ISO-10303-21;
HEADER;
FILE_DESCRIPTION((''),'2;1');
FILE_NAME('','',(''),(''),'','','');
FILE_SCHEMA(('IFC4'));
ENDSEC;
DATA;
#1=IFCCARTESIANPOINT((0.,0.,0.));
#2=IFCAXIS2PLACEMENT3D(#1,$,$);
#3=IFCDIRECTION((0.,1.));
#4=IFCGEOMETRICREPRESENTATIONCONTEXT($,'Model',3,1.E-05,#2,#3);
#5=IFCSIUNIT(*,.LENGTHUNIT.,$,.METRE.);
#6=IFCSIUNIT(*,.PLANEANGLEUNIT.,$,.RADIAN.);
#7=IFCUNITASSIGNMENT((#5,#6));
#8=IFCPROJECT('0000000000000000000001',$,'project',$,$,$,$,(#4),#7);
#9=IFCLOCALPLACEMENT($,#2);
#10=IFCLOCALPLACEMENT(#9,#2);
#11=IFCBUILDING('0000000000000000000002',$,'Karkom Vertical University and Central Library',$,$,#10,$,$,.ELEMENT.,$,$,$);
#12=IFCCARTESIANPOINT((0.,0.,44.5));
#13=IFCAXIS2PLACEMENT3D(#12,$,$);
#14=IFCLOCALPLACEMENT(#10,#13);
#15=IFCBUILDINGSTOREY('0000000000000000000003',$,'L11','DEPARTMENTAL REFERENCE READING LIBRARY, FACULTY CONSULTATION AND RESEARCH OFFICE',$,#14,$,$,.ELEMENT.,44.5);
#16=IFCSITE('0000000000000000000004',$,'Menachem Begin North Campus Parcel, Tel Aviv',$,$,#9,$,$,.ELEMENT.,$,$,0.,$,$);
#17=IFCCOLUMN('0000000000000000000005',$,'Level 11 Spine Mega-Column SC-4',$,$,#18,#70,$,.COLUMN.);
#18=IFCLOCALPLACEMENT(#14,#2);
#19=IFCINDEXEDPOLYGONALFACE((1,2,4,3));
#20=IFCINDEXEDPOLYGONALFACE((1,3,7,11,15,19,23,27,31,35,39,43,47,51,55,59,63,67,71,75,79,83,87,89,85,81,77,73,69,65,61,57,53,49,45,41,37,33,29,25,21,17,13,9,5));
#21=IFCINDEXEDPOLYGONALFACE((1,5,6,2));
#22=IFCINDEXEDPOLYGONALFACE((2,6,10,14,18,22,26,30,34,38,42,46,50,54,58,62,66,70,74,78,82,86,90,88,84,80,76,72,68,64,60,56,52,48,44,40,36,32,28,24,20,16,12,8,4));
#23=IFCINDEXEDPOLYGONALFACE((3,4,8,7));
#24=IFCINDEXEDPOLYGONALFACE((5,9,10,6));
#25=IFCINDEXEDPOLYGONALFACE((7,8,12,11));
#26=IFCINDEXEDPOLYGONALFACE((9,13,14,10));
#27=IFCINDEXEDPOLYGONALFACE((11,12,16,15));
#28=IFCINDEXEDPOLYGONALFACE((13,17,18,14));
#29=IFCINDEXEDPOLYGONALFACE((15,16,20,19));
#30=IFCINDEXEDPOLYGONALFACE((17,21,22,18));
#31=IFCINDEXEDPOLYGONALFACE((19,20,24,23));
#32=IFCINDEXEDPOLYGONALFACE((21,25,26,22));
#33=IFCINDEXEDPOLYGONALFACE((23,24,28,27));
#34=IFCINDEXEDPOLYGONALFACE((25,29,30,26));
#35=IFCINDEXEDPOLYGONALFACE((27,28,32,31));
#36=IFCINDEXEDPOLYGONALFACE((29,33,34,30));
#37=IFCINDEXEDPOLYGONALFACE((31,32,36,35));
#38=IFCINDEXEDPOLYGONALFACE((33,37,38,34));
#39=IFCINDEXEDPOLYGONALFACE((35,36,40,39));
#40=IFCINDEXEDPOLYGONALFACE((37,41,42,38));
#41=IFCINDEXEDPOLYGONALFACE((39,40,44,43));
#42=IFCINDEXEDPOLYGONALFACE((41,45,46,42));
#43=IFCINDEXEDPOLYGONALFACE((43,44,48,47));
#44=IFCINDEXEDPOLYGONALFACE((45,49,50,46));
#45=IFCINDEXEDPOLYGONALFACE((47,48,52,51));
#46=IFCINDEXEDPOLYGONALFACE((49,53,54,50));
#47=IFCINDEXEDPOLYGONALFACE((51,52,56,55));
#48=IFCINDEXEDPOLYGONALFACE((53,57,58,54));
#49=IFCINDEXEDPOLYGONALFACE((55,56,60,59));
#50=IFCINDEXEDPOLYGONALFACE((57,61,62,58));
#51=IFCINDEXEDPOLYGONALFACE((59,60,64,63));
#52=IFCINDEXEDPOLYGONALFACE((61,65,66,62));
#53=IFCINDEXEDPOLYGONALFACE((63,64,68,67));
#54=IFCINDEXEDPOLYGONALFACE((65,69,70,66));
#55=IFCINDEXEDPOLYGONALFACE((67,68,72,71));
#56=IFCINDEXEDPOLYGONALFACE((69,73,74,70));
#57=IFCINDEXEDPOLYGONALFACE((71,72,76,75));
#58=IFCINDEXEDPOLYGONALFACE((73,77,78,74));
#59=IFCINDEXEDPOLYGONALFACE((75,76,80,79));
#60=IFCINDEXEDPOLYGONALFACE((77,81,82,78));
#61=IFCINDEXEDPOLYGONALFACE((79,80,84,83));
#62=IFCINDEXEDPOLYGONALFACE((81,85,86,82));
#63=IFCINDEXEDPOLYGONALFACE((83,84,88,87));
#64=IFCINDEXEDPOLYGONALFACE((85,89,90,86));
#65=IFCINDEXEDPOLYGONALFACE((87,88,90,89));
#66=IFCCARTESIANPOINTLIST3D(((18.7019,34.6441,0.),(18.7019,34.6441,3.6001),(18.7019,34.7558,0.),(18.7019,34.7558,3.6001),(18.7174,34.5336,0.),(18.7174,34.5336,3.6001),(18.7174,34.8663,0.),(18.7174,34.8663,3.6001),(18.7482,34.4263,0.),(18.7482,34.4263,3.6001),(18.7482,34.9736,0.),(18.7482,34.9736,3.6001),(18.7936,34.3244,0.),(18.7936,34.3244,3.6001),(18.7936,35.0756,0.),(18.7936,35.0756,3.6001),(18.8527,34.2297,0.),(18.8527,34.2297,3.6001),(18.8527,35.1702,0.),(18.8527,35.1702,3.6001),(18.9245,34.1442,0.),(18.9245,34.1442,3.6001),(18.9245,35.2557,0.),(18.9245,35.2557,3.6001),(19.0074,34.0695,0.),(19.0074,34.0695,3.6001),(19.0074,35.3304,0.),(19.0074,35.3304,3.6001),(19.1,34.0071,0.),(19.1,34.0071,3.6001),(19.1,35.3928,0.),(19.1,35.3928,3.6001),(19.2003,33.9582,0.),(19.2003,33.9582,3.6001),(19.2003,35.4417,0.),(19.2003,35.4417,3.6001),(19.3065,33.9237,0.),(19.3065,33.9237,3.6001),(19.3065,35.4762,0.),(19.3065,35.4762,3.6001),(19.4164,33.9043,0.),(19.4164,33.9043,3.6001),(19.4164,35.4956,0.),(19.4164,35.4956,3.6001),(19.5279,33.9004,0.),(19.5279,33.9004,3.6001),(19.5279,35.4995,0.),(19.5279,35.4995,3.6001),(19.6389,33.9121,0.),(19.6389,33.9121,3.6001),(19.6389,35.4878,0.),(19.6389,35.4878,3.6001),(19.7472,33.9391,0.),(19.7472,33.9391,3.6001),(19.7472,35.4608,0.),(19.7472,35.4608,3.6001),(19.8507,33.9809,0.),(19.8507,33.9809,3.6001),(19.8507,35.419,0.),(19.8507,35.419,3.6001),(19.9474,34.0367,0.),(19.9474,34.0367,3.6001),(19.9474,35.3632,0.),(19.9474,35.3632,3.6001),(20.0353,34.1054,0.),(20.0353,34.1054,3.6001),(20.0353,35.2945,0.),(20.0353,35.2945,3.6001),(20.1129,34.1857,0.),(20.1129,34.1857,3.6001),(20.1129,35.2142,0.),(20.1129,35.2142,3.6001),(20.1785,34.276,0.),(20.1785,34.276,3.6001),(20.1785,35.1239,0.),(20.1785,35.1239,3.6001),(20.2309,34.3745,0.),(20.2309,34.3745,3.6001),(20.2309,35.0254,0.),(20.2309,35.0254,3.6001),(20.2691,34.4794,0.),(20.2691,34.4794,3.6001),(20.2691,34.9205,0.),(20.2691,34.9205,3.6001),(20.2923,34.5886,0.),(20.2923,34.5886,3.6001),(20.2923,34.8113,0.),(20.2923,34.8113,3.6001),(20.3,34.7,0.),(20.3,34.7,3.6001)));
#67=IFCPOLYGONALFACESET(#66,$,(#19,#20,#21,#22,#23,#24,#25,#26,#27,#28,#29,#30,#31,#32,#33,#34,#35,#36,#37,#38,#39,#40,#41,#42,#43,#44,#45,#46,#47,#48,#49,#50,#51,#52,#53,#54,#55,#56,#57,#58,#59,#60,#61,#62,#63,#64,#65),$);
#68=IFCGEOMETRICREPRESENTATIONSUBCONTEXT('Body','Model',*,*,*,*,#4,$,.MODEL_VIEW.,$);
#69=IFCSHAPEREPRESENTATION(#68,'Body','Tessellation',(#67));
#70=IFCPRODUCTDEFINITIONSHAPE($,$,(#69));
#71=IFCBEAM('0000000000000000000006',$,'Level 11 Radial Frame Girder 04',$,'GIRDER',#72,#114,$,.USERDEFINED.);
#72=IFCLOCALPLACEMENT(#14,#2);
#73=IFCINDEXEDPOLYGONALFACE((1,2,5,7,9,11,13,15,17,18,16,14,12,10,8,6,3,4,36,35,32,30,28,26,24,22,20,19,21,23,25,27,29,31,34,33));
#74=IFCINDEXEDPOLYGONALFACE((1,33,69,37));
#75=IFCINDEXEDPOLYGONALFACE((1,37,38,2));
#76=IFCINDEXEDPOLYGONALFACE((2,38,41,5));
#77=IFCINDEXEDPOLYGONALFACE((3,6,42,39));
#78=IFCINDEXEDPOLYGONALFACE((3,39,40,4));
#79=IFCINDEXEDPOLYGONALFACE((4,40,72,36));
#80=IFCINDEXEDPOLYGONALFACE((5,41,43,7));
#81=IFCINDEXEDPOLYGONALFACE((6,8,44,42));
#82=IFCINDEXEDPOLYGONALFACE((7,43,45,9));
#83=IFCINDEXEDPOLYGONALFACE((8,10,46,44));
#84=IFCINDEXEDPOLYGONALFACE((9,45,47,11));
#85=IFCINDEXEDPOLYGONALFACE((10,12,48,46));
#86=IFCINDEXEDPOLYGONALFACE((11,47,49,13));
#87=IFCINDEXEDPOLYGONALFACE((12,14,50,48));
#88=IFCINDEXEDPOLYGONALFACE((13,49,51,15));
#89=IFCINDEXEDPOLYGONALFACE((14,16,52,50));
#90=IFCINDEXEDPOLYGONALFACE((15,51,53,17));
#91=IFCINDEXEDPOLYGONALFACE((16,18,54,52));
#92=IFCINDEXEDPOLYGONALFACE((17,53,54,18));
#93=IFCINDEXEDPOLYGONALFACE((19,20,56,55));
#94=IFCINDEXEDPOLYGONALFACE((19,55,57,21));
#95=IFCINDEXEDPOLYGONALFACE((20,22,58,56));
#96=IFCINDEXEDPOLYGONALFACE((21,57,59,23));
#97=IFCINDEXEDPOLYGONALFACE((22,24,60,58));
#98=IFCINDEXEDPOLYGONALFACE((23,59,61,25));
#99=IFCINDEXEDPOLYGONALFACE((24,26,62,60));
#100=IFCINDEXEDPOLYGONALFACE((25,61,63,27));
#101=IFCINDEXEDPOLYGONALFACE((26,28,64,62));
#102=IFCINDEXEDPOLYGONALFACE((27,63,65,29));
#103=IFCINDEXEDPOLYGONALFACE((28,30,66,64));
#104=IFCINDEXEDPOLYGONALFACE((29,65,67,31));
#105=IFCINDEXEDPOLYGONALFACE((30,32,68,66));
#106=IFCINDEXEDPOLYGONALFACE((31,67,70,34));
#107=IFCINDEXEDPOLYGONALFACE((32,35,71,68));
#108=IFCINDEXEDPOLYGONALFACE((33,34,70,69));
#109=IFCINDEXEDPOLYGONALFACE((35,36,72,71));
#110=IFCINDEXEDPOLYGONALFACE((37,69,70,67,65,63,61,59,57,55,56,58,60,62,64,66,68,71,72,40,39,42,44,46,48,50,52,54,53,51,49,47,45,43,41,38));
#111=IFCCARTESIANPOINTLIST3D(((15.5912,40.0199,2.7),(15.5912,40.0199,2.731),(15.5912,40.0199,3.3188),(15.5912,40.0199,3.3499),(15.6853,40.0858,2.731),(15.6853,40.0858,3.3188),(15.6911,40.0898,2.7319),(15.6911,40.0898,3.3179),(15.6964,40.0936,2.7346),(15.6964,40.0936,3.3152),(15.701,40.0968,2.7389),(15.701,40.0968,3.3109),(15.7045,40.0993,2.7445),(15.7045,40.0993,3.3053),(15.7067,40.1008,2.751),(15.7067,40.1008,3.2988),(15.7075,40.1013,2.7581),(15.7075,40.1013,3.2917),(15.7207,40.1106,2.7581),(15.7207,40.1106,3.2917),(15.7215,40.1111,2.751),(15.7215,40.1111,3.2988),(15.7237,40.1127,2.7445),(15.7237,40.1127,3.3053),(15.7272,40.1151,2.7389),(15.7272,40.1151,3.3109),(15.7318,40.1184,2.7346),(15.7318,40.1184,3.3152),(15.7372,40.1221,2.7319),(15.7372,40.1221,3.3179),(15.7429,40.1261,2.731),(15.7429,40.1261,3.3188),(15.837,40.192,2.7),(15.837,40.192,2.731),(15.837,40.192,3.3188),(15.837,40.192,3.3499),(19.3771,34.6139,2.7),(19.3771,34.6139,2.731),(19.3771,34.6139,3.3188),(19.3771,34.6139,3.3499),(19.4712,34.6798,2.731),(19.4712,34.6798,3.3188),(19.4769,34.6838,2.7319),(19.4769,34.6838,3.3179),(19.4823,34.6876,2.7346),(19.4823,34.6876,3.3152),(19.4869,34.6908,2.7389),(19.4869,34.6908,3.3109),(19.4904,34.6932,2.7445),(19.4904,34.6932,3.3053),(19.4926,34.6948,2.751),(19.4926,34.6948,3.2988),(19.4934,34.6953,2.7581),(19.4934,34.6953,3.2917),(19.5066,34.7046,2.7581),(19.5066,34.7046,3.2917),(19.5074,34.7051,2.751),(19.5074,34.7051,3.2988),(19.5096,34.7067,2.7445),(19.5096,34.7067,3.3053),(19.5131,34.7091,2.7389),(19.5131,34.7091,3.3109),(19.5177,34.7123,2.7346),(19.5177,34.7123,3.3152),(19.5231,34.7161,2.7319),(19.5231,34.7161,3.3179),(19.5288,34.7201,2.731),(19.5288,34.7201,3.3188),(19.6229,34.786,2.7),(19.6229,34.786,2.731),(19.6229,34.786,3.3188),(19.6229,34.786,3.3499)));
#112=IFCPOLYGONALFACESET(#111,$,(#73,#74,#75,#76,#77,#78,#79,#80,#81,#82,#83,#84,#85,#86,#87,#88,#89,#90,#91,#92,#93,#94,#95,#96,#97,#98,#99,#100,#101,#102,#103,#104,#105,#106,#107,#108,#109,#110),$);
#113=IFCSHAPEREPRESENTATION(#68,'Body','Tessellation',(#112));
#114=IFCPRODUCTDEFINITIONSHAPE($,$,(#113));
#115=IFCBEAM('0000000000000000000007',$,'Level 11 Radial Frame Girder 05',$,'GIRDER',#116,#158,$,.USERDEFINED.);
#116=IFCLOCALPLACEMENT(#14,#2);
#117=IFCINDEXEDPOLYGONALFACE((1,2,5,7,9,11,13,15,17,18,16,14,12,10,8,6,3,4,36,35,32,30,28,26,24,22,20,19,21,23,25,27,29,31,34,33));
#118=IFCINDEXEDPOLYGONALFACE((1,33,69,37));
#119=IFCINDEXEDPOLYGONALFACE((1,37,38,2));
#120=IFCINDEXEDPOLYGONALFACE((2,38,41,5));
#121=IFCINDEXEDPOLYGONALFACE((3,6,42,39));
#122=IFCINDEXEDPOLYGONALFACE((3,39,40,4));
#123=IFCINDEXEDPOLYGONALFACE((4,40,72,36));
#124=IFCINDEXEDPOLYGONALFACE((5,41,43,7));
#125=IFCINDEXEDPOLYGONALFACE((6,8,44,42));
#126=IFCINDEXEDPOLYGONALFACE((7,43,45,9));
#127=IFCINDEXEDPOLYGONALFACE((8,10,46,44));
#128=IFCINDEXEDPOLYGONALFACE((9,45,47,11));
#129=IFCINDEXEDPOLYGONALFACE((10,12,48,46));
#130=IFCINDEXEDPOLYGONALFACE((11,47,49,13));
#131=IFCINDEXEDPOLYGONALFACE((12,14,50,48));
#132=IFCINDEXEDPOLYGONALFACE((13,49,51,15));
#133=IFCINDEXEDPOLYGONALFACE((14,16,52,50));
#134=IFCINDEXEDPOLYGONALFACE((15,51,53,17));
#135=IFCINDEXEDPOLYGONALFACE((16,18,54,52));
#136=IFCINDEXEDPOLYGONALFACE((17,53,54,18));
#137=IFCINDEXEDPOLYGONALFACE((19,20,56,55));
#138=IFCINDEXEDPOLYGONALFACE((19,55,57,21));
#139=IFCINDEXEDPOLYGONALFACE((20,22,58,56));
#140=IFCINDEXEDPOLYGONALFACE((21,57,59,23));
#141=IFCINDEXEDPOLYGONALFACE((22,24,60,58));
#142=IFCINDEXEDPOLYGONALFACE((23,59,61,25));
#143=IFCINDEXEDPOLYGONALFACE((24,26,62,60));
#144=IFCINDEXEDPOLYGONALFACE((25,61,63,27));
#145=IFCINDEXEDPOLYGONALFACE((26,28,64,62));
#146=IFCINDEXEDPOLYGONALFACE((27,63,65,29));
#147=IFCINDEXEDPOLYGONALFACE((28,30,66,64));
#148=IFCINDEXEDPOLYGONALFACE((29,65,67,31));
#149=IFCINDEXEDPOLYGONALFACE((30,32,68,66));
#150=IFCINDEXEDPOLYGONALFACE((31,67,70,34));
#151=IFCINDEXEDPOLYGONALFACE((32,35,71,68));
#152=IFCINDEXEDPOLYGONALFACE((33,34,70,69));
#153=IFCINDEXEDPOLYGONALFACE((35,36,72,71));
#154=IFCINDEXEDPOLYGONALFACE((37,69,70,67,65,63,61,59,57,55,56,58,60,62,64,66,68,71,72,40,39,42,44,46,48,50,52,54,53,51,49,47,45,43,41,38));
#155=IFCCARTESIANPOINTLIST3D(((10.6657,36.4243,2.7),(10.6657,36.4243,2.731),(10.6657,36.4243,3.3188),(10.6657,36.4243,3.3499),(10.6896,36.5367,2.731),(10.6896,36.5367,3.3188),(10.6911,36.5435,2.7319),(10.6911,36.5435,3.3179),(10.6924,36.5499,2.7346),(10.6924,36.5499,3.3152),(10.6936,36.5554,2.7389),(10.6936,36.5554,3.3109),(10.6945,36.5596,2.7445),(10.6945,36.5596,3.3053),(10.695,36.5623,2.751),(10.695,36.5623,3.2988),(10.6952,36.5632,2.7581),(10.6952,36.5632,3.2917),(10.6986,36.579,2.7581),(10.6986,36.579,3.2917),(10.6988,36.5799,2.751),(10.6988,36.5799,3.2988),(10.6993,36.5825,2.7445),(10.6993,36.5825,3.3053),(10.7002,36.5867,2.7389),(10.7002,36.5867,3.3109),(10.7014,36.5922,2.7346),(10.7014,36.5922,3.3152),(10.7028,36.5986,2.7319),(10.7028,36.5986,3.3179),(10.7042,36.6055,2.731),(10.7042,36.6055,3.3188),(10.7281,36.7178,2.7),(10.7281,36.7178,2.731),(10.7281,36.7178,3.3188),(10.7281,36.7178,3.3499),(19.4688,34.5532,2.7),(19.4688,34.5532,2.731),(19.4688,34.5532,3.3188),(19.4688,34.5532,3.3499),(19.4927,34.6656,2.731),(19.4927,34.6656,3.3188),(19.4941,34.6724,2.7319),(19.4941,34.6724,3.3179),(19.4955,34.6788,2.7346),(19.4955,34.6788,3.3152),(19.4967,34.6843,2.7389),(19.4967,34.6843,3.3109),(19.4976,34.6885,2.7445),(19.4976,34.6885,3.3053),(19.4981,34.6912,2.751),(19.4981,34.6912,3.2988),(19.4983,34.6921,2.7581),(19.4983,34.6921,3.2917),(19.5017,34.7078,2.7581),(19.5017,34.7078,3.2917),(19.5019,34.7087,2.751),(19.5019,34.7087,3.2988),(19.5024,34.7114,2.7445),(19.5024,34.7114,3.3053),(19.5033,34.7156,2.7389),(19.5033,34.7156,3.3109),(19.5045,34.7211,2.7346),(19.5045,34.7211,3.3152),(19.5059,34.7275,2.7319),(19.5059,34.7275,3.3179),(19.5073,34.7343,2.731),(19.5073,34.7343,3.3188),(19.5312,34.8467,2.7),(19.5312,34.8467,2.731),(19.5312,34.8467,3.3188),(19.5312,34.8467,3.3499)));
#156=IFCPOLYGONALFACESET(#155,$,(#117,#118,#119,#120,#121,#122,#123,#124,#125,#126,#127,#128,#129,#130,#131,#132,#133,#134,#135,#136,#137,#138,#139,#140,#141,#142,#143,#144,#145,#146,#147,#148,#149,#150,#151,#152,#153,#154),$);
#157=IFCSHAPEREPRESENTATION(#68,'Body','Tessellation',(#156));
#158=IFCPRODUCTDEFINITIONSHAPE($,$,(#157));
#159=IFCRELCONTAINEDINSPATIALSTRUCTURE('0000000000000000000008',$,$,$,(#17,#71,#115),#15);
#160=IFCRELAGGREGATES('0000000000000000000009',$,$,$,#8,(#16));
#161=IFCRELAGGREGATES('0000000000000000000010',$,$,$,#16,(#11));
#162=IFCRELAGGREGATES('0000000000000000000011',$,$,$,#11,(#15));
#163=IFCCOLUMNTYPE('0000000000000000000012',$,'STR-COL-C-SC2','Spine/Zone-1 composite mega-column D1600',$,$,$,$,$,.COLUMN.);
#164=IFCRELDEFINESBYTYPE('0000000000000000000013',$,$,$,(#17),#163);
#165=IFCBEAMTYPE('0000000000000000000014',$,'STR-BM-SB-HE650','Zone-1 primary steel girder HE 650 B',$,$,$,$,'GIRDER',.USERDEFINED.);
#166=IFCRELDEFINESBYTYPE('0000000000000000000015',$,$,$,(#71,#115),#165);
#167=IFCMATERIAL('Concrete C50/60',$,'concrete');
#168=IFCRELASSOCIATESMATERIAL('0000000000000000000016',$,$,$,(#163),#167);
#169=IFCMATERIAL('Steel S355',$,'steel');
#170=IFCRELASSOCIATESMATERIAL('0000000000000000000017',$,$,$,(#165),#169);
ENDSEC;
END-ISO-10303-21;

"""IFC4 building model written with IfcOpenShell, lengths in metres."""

from ifc_helpers import new_model, si_unit, direction, frame, origin, origin_with_axes, origin_2d, place, context, subcontext, project, spatial, circle, i_section, extrude, source, transform, mapped, material, material_profile, profile_set, type_object, element, save


model = new_model("IFC4")

# Units and contexts
model_context = context("Model", 3, precision=1e-05, world=origin(), true_north=direction((0.0, 1.0)))
body_context = subcontext(model_context, "Body", "Model", "MODEL_VIEW")
ifc_project = project(units=[si_unit("LENGTHUNIT", "METRE"), si_unit("PLANEANGLEUNIT", "RADIAN")], contexts=[model_context])

# Site, building, storey
site_placement = place(None, origin())
site = spatial("IfcSite", under=ifc_project, at=site_placement, Name="Menachem Begin North Campus Parcel, Tel Aviv", CompositionType="ELEMENT", RefElevation=0.0)
building_placement = place(site_placement, origin())
building = spatial("IfcBuilding", under=site, at=building_placement, Name="Karkom Vertical University and Central Library", CompositionType="ELEMENT")
storey_placement = place(building_placement, frame((0.0, 0.0, 44.5)))
storey = spatial("IfcBuildingStorey", under=building, at=storey_placement, Name="L11", Description="DEPARTMENTAL REFERENCE READING LIBRARY, FACULTY CONSULTATION AND RESEARCH OFFICE", CompositionType="ELEMENT", Elevation=44.5)

# Column
ifc_material_1 = material(Name="Concrete C50/60", Category="concrete")
ifc_material_profile_1 = material_profile(ifc_material_1, circle(Radius=0.8, at=origin_2d()), Name="CFT-D1600")
ifc_profile_set_1 = profile_set([ifc_material_profile_1], Name="Concrete C50/60")
column_type = type_object("IfcColumnType", Name="STR-COL-C-SC2", Description="Spine/Zone-1 composite mega-column D1600", PredefinedType="COLUMN", material=ifc_profile_set_1)
shared_shape_1 = source(origin_with_axes(), body_context, "Body", "SweptSolid", [
    extrude(circle(Radius=0.8, at=origin_2d()), origin(), (0.0, 0.0, 1.0), 3.6001),
])
column_placement = place(storey_placement, frame((19.5, 34.7, 0.0), z_axis=(0.0, 0.0, 1.0), x_axis=(1.0, 0.0, 0.0)))
element("IfcColumn", 1, at=column_placement, inside=storey, type_object=column_type, Name="Level 11 Spine Mega-Column SC-4", PredefinedType="COLUMN", context=body_context, shape_type="MappedRepresentation", body=[
    mapped(shared_shape_1, transform((0.0, 0.0, 0.0), scale=1.0)),
])

# Beams
ifc_material_2 = material(Name="Steel S355", Category="steel")
ifc_material_profile_2 = material_profile(ifc_material_2, i_section(OverallWidth=0.3, OverallDepth=0.6499, WebThickness=0.0161, FlangeThickness=0.031, FilletRadius=0.0271, at=origin_2d()), Name="HE 650 B")
ifc_profile_set_2 = profile_set([ifc_material_profile_2], Name="Steel S355")
beam_type_1 = type_object("IfcBeamType", Name="STR-BM-SB-HE650", Description="Zone-1 primary steel girder HE 650 B", ElementType="GIRDER", PredefinedType="USERDEFINED", material=ifc_profile_set_2)
shared_shape_2 = source(origin_with_axes(), body_context, "Body", "SweptSolid", [
    extrude(i_section(OverallWidth=0.3, OverallDepth=0.6499, WebThickness=0.0161, FlangeThickness=0.031, FilletRadius=0.0271, at=origin_2d()), origin(), (0.0, 0.0, 1.0), 6.5999),
])
beam_1_placement = place(storey_placement, frame((19.5, 34.7, 3.0249), z_axis=(-0.573634, 0.819112, 0.0), x_axis=(-0.819112, -0.573634, 0.0)))
element("IfcBeam", 2, at=beam_1_placement, inside=storey, type_object=beam_type_1, Name="Level 11 Radial Frame Girder 04", ObjectType="GIRDER", PredefinedType="USERDEFINED", context=body_context, shape_type="MappedRepresentation", body=[
    mapped(shared_shape_2, transform((0.0, 0.0, 0.0), scale=1.0)),
])
shared_shape_3 = source(origin_with_axes(), body_context, "Body", "SweptSolid", [
    extrude(i_section(OverallWidth=0.3, OverallDepth=0.6499, WebThickness=0.0161, FlangeThickness=0.031, FilletRadius=0.0271, at=origin_2d()), origin(), (0.0, 0.0, 1.0), 8.9998),
])
beam_2_placement = place(storey_placement, frame((19.5, 34.7, 3.0249), z_axis=(-0.978148, 0.207908, 0.0), x_axis=(-0.207908, -0.978148, 0.0)))
element("IfcBeam", 3, at=beam_2_placement, inside=storey, type_object=beam_type_1, Name="Level 11 Radial Frame Girder 05", ObjectType="GIRDER", PredefinedType="USERDEFINED", context=body_context, shape_type="MappedRepresentation", body=[
    mapped(shared_shape_3, transform((0.0, 0.0, 0.0), scale=1.0)),
])

save(model, "model.ifc")
